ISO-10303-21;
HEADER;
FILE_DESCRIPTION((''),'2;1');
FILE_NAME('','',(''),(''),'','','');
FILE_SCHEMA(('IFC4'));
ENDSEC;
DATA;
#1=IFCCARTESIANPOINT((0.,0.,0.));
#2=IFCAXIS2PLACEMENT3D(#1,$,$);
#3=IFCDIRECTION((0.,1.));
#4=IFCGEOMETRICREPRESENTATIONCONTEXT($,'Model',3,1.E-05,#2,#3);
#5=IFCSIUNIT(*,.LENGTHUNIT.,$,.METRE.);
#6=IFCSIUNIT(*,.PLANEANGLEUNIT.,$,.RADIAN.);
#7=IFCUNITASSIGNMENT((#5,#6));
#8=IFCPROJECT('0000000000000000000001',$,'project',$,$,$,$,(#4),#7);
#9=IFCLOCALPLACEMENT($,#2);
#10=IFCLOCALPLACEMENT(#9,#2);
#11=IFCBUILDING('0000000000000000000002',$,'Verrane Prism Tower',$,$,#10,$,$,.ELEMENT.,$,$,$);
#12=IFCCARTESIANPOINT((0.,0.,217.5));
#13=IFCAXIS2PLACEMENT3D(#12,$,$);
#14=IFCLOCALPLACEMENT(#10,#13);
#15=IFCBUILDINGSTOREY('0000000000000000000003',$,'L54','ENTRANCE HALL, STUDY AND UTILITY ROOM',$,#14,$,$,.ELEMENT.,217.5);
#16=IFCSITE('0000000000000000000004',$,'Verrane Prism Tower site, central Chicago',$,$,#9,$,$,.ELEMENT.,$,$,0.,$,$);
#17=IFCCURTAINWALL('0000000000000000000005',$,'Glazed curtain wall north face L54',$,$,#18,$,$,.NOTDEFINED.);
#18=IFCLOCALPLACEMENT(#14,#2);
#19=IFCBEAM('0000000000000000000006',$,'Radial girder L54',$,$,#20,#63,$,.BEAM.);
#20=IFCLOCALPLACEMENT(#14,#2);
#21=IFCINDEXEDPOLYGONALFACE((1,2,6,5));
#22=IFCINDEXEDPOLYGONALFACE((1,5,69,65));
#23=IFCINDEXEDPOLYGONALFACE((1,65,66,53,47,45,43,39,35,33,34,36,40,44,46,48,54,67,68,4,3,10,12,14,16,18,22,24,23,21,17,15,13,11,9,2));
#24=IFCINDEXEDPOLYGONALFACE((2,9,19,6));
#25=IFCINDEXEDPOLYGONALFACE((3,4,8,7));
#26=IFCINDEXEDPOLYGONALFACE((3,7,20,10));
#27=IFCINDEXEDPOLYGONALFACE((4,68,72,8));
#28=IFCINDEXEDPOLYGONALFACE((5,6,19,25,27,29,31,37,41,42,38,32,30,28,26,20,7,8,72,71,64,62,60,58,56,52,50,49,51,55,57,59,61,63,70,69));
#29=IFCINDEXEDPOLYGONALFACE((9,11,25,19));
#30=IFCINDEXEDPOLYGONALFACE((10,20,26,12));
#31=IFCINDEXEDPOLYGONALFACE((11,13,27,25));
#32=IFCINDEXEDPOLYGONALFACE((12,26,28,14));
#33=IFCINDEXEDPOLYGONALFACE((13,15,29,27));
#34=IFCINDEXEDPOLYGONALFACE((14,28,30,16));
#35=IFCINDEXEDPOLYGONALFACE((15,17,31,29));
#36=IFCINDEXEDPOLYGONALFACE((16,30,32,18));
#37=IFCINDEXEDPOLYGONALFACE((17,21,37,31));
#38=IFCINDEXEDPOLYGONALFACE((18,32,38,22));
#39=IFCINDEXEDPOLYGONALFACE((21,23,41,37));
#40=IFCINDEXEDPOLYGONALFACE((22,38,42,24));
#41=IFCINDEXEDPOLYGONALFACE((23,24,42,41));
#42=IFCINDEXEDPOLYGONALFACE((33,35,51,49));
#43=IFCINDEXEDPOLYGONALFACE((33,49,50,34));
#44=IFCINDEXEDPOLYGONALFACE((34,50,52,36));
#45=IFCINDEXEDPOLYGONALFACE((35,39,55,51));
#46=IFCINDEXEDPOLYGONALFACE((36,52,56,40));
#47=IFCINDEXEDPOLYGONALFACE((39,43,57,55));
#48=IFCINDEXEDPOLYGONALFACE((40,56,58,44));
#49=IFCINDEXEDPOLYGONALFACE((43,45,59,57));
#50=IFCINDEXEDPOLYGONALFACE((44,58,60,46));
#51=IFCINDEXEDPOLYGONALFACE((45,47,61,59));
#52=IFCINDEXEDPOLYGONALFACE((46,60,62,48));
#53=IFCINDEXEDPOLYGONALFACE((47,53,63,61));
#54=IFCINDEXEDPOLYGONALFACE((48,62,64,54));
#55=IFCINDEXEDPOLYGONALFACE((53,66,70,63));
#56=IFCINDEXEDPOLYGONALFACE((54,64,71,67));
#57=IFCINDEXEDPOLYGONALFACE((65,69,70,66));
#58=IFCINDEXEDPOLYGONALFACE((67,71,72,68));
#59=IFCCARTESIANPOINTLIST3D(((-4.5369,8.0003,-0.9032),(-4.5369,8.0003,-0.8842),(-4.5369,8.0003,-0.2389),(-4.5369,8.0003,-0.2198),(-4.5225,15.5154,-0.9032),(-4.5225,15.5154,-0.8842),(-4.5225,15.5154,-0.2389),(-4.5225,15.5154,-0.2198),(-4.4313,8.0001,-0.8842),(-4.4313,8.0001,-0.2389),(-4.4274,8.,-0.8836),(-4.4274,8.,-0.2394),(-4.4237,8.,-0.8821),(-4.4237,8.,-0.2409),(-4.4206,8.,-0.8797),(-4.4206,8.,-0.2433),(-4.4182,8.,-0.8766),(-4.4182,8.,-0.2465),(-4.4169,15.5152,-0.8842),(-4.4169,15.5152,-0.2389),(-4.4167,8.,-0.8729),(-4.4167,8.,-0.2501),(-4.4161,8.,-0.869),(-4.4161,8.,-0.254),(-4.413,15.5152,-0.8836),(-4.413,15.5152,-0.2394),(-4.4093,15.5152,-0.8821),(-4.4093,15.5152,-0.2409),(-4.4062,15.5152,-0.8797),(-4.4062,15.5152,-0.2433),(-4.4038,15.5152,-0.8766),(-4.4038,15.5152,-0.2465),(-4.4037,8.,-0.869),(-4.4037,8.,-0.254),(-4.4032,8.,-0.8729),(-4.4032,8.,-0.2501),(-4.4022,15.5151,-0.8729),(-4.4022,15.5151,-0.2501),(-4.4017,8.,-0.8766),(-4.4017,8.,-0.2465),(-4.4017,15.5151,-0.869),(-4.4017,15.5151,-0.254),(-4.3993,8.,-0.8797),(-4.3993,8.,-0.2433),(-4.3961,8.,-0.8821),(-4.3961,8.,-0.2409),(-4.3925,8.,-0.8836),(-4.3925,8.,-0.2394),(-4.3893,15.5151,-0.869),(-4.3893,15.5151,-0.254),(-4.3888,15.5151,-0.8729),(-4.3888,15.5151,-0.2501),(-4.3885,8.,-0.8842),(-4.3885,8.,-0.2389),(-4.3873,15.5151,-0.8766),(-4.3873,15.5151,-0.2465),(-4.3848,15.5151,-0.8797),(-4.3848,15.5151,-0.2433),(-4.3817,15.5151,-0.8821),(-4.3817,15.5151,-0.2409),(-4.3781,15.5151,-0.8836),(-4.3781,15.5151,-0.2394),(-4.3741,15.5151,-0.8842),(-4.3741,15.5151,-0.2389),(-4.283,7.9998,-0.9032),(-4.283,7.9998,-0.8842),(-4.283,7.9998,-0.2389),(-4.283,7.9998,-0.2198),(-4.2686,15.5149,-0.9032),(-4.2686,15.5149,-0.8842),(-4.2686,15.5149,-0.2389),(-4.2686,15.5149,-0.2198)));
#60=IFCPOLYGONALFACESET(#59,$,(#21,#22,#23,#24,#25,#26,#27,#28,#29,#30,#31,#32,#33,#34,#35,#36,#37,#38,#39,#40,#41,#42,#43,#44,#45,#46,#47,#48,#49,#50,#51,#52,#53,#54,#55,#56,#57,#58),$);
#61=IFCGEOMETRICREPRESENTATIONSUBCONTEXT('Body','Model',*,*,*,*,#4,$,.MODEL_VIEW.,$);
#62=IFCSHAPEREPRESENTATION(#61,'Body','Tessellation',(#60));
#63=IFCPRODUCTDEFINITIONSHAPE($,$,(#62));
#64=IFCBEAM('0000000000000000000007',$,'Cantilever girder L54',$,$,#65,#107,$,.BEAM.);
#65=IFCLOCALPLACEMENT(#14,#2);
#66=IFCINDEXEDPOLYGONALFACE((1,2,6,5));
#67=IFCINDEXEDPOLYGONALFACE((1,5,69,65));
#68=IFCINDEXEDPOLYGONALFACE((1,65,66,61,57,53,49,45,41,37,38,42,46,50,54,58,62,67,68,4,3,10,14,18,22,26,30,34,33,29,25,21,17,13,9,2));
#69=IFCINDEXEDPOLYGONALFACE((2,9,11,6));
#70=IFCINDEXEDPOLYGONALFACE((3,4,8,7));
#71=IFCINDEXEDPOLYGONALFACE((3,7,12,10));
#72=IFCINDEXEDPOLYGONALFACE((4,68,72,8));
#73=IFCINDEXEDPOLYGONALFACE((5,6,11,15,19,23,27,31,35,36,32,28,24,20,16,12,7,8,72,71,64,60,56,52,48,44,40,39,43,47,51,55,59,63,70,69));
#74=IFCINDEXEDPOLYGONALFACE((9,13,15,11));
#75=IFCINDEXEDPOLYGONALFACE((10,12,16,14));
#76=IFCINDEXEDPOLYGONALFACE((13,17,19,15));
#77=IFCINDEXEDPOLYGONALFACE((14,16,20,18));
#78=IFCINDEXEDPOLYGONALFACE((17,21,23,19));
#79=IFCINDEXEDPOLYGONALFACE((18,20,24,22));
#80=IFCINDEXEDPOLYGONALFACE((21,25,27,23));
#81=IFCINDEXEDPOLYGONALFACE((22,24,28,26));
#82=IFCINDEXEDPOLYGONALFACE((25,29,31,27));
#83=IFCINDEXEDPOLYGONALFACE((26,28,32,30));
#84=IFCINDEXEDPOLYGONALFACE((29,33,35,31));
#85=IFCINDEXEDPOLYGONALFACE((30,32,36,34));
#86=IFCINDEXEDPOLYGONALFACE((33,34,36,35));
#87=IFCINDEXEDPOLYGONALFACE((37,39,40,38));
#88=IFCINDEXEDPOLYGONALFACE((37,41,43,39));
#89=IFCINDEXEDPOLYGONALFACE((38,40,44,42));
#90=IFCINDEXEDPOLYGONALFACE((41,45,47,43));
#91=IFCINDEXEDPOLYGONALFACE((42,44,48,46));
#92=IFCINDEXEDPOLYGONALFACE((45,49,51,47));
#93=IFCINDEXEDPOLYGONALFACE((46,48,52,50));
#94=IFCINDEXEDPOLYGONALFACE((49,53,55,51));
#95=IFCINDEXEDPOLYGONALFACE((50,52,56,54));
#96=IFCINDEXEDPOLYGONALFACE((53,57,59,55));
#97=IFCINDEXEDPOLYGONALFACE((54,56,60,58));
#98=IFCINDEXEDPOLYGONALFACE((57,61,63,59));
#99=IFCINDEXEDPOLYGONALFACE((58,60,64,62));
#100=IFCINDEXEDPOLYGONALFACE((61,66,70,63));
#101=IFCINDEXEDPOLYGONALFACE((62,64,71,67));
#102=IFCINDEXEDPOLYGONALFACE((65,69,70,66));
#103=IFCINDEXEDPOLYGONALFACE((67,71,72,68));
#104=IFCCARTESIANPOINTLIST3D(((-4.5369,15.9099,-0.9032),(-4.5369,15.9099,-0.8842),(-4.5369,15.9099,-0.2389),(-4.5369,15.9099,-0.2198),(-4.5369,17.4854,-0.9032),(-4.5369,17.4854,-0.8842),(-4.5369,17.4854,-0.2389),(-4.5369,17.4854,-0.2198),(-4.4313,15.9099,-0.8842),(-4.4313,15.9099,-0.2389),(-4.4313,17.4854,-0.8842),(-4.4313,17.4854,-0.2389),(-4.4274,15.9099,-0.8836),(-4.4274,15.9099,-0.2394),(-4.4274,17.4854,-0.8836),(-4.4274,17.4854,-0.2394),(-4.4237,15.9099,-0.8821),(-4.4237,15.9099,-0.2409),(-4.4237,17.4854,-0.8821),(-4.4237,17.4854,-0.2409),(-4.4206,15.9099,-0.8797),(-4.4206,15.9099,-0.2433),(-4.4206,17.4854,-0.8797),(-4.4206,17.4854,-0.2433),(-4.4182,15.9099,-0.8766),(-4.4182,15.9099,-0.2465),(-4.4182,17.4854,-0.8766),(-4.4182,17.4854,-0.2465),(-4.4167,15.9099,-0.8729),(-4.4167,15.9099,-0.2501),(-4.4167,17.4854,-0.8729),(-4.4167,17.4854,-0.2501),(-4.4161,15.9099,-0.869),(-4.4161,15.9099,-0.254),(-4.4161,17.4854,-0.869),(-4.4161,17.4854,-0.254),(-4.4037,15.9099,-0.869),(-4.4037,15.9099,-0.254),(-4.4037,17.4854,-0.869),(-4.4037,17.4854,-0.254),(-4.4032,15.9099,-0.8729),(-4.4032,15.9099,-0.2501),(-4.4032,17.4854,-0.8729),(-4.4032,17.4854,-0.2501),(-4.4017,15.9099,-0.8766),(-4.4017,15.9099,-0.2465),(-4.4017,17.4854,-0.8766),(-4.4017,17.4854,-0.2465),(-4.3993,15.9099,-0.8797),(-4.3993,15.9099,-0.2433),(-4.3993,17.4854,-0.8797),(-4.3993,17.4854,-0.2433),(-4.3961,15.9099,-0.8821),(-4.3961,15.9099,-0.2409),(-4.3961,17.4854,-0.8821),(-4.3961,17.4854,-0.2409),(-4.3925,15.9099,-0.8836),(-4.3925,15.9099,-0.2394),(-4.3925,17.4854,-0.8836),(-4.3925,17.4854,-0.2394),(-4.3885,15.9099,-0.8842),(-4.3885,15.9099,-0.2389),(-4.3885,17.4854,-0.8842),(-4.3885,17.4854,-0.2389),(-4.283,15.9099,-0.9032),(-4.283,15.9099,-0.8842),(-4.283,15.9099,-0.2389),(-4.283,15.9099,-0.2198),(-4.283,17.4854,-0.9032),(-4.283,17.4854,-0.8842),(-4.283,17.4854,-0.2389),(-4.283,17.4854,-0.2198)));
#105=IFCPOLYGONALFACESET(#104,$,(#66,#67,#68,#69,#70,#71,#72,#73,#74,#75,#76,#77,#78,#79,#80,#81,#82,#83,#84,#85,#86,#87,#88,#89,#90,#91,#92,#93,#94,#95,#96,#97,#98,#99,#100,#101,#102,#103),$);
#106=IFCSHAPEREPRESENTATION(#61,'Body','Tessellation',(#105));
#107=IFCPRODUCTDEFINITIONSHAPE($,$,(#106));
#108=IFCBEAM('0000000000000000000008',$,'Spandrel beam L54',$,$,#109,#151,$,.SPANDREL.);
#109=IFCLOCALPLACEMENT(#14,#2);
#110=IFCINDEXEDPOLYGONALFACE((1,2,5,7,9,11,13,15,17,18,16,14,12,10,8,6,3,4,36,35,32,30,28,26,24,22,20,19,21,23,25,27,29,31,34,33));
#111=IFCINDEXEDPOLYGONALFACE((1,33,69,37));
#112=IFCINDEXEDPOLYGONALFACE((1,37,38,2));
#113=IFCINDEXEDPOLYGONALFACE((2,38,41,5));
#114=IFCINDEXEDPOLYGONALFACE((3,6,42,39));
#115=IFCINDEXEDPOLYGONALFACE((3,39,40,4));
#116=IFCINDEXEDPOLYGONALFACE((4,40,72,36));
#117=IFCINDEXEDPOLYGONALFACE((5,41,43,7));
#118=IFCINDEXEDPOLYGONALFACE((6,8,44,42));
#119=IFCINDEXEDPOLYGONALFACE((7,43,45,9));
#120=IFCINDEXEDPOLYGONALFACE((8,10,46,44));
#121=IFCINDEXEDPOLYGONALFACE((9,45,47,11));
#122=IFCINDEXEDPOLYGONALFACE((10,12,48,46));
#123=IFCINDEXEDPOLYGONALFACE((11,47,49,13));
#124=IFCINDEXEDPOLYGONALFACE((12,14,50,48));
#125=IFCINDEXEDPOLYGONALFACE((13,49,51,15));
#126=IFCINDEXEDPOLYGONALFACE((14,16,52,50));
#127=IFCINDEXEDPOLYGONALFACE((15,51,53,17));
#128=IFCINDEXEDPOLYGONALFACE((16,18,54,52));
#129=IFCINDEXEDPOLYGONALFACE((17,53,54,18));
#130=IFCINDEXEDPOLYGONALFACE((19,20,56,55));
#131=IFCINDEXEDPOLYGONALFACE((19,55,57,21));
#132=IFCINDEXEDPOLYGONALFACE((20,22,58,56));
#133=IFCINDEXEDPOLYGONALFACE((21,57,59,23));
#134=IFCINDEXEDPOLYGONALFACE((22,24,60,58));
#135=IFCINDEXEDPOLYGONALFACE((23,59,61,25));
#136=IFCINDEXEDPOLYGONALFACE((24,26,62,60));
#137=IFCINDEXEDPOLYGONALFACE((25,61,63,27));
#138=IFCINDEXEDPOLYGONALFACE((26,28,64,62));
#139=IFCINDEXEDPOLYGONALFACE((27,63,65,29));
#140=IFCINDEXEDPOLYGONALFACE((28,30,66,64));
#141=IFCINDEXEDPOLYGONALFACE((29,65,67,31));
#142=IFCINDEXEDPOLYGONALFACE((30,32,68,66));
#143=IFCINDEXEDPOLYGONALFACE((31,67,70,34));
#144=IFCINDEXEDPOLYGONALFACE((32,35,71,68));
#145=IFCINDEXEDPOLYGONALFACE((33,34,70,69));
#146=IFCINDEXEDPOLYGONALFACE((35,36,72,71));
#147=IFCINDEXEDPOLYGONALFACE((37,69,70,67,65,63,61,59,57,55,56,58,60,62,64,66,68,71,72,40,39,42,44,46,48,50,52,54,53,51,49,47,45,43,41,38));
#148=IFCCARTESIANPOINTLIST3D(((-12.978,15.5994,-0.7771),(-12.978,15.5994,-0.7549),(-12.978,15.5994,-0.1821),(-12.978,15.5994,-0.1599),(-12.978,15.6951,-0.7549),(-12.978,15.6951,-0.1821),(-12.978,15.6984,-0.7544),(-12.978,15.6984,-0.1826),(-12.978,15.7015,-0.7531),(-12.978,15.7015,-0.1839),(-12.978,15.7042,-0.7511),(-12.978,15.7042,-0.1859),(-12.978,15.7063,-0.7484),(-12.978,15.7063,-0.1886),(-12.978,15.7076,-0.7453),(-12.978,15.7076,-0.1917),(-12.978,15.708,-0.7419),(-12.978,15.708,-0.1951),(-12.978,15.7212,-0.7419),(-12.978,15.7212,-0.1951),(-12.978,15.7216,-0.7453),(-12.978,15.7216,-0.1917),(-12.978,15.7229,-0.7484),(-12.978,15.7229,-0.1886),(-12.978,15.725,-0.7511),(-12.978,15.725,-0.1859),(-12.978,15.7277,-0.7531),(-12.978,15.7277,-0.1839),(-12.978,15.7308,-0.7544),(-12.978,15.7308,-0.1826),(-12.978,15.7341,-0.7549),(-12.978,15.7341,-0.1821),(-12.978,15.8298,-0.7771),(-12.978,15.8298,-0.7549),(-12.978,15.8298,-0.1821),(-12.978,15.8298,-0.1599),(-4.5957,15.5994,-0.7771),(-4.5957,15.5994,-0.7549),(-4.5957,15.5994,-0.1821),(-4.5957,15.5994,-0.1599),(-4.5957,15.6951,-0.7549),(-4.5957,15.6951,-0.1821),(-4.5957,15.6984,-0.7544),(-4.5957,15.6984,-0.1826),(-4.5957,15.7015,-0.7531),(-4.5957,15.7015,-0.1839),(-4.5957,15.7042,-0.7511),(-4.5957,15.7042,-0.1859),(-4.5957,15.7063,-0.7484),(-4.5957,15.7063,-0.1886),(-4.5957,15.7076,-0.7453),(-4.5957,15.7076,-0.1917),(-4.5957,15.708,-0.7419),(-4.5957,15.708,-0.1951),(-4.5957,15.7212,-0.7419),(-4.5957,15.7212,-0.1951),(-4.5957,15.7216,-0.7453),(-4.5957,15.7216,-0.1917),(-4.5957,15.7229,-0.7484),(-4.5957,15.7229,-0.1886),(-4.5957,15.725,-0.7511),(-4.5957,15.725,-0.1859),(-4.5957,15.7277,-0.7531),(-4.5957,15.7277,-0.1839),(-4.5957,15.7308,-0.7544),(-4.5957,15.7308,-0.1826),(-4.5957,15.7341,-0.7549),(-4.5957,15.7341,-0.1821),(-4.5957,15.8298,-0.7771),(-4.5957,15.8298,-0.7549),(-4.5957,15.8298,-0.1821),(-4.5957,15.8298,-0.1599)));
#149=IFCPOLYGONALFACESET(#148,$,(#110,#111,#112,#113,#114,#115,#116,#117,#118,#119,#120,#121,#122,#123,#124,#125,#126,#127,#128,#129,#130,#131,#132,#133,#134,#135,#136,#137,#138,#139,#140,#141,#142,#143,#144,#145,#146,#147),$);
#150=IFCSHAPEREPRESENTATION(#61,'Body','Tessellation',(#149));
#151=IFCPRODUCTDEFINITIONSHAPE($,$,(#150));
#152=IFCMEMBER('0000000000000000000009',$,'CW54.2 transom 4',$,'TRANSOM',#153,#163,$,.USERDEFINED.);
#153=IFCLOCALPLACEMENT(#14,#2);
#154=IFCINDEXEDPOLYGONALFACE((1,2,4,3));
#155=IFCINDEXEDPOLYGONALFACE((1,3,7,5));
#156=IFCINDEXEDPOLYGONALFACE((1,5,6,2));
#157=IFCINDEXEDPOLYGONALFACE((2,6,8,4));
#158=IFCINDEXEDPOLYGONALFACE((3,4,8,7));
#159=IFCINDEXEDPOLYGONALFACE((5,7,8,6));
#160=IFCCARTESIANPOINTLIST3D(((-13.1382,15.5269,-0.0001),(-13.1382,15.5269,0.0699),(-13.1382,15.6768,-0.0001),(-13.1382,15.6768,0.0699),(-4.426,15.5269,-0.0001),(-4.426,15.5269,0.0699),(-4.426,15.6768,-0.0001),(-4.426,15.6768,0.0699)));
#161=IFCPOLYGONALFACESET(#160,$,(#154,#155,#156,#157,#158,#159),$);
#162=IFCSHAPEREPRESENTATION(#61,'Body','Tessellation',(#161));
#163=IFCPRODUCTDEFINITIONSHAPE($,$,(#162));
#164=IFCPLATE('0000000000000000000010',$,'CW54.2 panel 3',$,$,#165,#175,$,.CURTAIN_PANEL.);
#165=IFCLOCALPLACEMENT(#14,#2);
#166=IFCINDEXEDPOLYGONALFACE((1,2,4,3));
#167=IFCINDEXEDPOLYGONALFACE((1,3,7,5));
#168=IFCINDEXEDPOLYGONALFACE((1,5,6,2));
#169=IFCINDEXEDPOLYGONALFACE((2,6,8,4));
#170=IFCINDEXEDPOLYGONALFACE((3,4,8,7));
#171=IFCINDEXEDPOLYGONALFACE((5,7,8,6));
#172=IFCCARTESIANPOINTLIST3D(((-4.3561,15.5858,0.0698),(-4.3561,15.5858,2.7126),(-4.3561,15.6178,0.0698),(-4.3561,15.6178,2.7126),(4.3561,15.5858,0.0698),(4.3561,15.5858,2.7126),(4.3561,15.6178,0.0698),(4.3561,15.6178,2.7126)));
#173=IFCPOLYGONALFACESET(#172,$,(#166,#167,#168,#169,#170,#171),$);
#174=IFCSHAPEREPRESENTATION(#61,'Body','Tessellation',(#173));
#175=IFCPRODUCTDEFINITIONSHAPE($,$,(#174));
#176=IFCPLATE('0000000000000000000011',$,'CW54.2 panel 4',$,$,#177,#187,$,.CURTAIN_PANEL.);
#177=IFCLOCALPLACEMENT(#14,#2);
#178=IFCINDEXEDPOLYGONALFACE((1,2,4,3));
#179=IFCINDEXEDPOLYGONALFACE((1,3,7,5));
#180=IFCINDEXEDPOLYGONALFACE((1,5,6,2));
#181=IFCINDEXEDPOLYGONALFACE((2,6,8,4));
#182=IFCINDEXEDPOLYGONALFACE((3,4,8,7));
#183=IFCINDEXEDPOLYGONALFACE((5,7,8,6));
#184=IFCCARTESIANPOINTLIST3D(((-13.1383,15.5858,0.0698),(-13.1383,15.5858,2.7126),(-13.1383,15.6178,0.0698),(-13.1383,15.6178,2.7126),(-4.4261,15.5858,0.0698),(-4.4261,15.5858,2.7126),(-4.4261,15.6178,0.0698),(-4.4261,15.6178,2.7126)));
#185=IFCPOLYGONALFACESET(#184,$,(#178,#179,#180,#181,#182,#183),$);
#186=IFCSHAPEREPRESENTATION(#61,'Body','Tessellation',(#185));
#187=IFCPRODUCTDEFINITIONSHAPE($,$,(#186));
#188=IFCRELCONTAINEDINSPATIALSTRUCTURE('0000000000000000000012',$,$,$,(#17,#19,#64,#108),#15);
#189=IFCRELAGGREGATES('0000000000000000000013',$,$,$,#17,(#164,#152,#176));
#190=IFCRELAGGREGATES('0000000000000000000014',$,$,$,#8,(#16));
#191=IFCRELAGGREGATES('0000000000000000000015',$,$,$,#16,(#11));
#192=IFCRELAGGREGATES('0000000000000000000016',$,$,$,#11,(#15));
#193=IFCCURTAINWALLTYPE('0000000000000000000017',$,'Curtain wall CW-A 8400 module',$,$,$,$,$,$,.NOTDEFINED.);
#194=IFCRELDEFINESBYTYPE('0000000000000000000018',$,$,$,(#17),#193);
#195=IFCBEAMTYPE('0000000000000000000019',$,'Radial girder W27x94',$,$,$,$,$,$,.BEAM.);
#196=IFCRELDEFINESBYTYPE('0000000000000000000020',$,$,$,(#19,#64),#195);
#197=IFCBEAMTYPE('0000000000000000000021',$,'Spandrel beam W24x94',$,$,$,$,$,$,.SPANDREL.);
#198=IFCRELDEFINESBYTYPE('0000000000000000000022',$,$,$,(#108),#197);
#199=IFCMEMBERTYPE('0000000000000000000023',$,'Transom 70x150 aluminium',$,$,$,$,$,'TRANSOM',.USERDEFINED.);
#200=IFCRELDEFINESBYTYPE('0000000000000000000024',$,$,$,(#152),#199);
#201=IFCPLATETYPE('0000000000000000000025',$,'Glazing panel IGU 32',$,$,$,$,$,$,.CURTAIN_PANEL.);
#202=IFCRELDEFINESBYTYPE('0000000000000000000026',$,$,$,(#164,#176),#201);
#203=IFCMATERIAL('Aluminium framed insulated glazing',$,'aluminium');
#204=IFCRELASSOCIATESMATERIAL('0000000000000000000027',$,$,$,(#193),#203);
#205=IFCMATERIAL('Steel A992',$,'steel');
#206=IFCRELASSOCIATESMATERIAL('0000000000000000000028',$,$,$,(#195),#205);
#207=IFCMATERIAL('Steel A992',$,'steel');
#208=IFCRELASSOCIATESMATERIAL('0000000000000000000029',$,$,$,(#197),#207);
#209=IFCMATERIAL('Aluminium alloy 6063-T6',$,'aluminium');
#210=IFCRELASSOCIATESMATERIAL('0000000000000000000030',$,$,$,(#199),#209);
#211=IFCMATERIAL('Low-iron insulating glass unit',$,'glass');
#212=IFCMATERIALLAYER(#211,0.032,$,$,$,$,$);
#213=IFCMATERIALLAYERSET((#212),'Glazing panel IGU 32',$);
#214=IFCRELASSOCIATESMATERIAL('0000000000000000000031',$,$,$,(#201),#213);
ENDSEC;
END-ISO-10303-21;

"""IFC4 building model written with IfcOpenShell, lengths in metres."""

from ifc_helpers import new_model, si_unit, direction, frame, origin, origin_2d, place, context, subcontext, project, spatial, rectangle, i_section, extrude, material, layer, layer_set, material_profile, profile_set, type_object, element, aggregate, save


model = new_model("IFC4")

# Units and contexts
model_context = context("Model", 3, precision=1e-05, world=origin(), true_north=direction((0.0, 1.0)))
body_context = subcontext(model_context, "Body", "Model", "MODEL_VIEW")
ifc_project = project(units=[si_unit("LENGTHUNIT", "METRE"), si_unit("PLANEANGLEUNIT", "RADIAN")], contexts=[model_context])

# Site, building, storey
site_placement = place(None, origin())
site = spatial("IfcSite", under=ifc_project, at=site_placement, Name="Verrane Prism Tower site, central Chicago", CompositionType="ELEMENT", RefElevation=0.0)
building_placement = place(site_placement, origin())
building = spatial("IfcBuilding", under=site, at=building_placement, Name="Verrane Prism Tower", CompositionType="ELEMENT")
storey_placement = place(building_placement, frame((0.0, 0.0, 217.5)))
storey = spatial("IfcBuildingStorey", under=building, at=storey_placement, Name="L54", Description="ENTRANCE HALL, STUDY AND UTILITY ROOM", CompositionType="ELEMENT", Elevation=217.5)

# Curtain wall
ifc_material_1 = material(Name="Aluminium framed insulated glazing", Category="aluminium")
curtain_wall_type = type_object("IfcCurtainWallType", Name="Curtain wall CW-A 8400 module", PredefinedType="NOTDEFINED", material=ifc_material_1)
curtain_wall_placement = place(storey_placement, origin())
curtain_wall = element("IfcCurtainWall", 1, at=curtain_wall_placement, inside=storey, type_object=curtain_wall_type, Name="Glazed curtain wall north face L54", PredefinedType="NOTDEFINED")

# Beams
ifc_material_2 = material(Name="Steel A992", Category="steel")
ifc_material_profile_1 = material_profile(ifc_material_2, i_section(OverallWidth=0.2539, OverallDepth=0.6833, WebThickness=0.0125, FlangeThickness=0.019, FilletRadius=0.0151, at=origin_2d()), Name="W27x94")
ifc_profile_set_1 = profile_set([ifc_material_profile_1], Name="Steel A992")
beam_type_1 = type_object("IfcBeamType", Name="Radial girder W27x94", PredefinedType="BEAM", material=ifc_profile_set_1)
beam_1_placement = place(storey_placement, frame((-4.3955, 15.5151, -0.5615), z_axis=(-0.001917, -0.999998, 0.0), x_axis=(0.999998, -0.001917, 0.0)))
element("IfcBeam", 2, at=beam_1_placement, inside=storey, type_object=beam_type_1, Name="Radial girder L54", PredefinedType="BEAM", context=body_context, shape_type="SweptSolid", body=[
    extrude(i_section(OverallWidth=0.2539, OverallDepth=0.6833, WebThickness=0.0125, FlangeThickness=0.019, FilletRadius=0.0151, at=origin_2d()), origin(), (0.0, 0.0, 1.0), 7.5151),
])
beam_2_placement = place(storey_placement, frame((-4.4099, 15.9099, -0.5615), z_axis=(0.0, 1.0, 0.0), x_axis=(-1.0, 0.0, 0.0)))
element("IfcBeam", 3, at=beam_2_placement, inside=storey, type_object=beam_type_1, Name="Cantilever girder L54", PredefinedType="BEAM", context=body_context, shape_type="SweptSolid", body=[
    extrude(i_section(OverallWidth=0.2539, OverallDepth=0.6833, WebThickness=0.0125, FlangeThickness=0.019, FilletRadius=0.0151, at=origin_2d()), origin(), (0.0, 0.0, 1.0), 1.5754),
])
ifc_material_3 = material(Name="Steel A992", Category="steel")
ifc_material_profile_2 = material_profile(ifc_material_3, i_section(OverallWidth=0.2305, OverallDepth=0.6172, WebThickness=0.0132, FlangeThickness=0.0222, FilletRadius=0.0129, at=origin_2d()), Name="W24x94")
ifc_profile_set_2 = profile_set([ifc_material_profile_2], Name="Steel A992")
beam_type_2 = type_object("IfcBeamType", Name="Spandrel beam W24x94", PredefinedType="SPANDREL", material=ifc_profile_set_2)
beam_3_placement = place(storey_placement, frame((-4.5957, 15.7146, -0.4685), z_axis=(-1.0, 0.0, 0.0), x_axis=(0.0, -1.0, 0.0)))
element("IfcBeam", 4, at=beam_3_placement, inside=storey, type_object=beam_type_2, Name="Spandrel beam L54", PredefinedType="SPANDREL", context=body_context, shape_type="SweptSolid", body=[
    extrude(i_section(OverallWidth=0.2305, OverallDepth=0.6172, WebThickness=0.0132, FlangeThickness=0.0222, FilletRadius=0.0129, at=origin_2d()), origin(), (0.0, 0.0, 1.0), 8.3823),
])

# Member
ifc_material_4 = material(Name="Aluminium alloy 6063-T6", Category="aluminium")
ifc_material_profile_3 = material_profile(ifc_material_4, rectangle(XDim=0.1499, YDim=0.0701, at=origin_2d()), Name="Transom 70x150 aluminium")
ifc_profile_set_3 = profile_set([ifc_material_profile_3], Name="Aluminium alloy 6063-T6")
member_type_1 = type_object("IfcMemberType", Name="Transom 70x150 aluminium", ElementType="TRANSOM", PredefinedType="USERDEFINED", material=ifc_profile_set_3)
member_1_placement = place(storey_placement, frame((-4.426, 15.6018, 0.0349), z_axis=(-1.0, 0.0, 0.0), x_axis=(0.0, -1.0, 0.0)))
member_1 = element("IfcMember", 5, at=member_1_placement, type_object=member_type_1, Name="CW54.2 transom 4", ObjectType="TRANSOM", PredefinedType="USERDEFINED", context=body_context, shape_type="SweptSolid", body=[
    extrude(rectangle(XDim=0.1499, YDim=0.0701, at=origin_2d()), origin(), (0.0, 0.0, 1.0), 8.7122),
])

# Plates
ifc_material_5 = material(Name="Low-iron insulating glass unit", Category="glass")
ifc_layer_1 = layer(ifc_material_5, 0.032)
ifc_layer_set_1 = layer_set([ifc_layer_1], Name="Glazing panel IGU 32")
plate_type = type_object("IfcPlateType", Name="Glazing panel IGU 32", PredefinedType="CURTAIN_PANEL", material=ifc_layer_set_1)
plate_1_placement = place(storey_placement, frame((0.0, 15.6018, 0.0698), z_axis=(0.0, 0.0, 1.0), x_axis=(-1.0, 0.0, 0.0)))
plate_1 = element("IfcPlate", 6, at=plate_1_placement, type_object=plate_type, Name="CW54.2 panel 3", PredefinedType="CURTAIN_PANEL", context=body_context, shape_type="SweptSolid", body=[
    extrude(rectangle(XDim=8.7122, YDim=0.032, at=origin_2d()), origin(), (0.0, 0.0, 1.0), 2.6428),
])
plate_2_placement = place(storey_placement, frame((-8.7822, 15.6018, 0.0698), z_axis=(0.0, 0.0, 1.0), x_axis=(-1.0, 0.0, 0.0)))
plate_2 = element("IfcPlate", 7, at=plate_2_placement, type_object=plate_type, Name="CW54.2 panel 4", PredefinedType="CURTAIN_PANEL", context=body_context, shape_type="SweptSolid", body=[
    extrude(rectangle(XDim=8.7122, YDim=0.032, at=origin_2d()), origin(), (0.0, 0.0, 1.0), 2.6428),
])
aggregate(curtain_wall, [plate_1, member_1, plate_2])

save(model, "model.ifc")
